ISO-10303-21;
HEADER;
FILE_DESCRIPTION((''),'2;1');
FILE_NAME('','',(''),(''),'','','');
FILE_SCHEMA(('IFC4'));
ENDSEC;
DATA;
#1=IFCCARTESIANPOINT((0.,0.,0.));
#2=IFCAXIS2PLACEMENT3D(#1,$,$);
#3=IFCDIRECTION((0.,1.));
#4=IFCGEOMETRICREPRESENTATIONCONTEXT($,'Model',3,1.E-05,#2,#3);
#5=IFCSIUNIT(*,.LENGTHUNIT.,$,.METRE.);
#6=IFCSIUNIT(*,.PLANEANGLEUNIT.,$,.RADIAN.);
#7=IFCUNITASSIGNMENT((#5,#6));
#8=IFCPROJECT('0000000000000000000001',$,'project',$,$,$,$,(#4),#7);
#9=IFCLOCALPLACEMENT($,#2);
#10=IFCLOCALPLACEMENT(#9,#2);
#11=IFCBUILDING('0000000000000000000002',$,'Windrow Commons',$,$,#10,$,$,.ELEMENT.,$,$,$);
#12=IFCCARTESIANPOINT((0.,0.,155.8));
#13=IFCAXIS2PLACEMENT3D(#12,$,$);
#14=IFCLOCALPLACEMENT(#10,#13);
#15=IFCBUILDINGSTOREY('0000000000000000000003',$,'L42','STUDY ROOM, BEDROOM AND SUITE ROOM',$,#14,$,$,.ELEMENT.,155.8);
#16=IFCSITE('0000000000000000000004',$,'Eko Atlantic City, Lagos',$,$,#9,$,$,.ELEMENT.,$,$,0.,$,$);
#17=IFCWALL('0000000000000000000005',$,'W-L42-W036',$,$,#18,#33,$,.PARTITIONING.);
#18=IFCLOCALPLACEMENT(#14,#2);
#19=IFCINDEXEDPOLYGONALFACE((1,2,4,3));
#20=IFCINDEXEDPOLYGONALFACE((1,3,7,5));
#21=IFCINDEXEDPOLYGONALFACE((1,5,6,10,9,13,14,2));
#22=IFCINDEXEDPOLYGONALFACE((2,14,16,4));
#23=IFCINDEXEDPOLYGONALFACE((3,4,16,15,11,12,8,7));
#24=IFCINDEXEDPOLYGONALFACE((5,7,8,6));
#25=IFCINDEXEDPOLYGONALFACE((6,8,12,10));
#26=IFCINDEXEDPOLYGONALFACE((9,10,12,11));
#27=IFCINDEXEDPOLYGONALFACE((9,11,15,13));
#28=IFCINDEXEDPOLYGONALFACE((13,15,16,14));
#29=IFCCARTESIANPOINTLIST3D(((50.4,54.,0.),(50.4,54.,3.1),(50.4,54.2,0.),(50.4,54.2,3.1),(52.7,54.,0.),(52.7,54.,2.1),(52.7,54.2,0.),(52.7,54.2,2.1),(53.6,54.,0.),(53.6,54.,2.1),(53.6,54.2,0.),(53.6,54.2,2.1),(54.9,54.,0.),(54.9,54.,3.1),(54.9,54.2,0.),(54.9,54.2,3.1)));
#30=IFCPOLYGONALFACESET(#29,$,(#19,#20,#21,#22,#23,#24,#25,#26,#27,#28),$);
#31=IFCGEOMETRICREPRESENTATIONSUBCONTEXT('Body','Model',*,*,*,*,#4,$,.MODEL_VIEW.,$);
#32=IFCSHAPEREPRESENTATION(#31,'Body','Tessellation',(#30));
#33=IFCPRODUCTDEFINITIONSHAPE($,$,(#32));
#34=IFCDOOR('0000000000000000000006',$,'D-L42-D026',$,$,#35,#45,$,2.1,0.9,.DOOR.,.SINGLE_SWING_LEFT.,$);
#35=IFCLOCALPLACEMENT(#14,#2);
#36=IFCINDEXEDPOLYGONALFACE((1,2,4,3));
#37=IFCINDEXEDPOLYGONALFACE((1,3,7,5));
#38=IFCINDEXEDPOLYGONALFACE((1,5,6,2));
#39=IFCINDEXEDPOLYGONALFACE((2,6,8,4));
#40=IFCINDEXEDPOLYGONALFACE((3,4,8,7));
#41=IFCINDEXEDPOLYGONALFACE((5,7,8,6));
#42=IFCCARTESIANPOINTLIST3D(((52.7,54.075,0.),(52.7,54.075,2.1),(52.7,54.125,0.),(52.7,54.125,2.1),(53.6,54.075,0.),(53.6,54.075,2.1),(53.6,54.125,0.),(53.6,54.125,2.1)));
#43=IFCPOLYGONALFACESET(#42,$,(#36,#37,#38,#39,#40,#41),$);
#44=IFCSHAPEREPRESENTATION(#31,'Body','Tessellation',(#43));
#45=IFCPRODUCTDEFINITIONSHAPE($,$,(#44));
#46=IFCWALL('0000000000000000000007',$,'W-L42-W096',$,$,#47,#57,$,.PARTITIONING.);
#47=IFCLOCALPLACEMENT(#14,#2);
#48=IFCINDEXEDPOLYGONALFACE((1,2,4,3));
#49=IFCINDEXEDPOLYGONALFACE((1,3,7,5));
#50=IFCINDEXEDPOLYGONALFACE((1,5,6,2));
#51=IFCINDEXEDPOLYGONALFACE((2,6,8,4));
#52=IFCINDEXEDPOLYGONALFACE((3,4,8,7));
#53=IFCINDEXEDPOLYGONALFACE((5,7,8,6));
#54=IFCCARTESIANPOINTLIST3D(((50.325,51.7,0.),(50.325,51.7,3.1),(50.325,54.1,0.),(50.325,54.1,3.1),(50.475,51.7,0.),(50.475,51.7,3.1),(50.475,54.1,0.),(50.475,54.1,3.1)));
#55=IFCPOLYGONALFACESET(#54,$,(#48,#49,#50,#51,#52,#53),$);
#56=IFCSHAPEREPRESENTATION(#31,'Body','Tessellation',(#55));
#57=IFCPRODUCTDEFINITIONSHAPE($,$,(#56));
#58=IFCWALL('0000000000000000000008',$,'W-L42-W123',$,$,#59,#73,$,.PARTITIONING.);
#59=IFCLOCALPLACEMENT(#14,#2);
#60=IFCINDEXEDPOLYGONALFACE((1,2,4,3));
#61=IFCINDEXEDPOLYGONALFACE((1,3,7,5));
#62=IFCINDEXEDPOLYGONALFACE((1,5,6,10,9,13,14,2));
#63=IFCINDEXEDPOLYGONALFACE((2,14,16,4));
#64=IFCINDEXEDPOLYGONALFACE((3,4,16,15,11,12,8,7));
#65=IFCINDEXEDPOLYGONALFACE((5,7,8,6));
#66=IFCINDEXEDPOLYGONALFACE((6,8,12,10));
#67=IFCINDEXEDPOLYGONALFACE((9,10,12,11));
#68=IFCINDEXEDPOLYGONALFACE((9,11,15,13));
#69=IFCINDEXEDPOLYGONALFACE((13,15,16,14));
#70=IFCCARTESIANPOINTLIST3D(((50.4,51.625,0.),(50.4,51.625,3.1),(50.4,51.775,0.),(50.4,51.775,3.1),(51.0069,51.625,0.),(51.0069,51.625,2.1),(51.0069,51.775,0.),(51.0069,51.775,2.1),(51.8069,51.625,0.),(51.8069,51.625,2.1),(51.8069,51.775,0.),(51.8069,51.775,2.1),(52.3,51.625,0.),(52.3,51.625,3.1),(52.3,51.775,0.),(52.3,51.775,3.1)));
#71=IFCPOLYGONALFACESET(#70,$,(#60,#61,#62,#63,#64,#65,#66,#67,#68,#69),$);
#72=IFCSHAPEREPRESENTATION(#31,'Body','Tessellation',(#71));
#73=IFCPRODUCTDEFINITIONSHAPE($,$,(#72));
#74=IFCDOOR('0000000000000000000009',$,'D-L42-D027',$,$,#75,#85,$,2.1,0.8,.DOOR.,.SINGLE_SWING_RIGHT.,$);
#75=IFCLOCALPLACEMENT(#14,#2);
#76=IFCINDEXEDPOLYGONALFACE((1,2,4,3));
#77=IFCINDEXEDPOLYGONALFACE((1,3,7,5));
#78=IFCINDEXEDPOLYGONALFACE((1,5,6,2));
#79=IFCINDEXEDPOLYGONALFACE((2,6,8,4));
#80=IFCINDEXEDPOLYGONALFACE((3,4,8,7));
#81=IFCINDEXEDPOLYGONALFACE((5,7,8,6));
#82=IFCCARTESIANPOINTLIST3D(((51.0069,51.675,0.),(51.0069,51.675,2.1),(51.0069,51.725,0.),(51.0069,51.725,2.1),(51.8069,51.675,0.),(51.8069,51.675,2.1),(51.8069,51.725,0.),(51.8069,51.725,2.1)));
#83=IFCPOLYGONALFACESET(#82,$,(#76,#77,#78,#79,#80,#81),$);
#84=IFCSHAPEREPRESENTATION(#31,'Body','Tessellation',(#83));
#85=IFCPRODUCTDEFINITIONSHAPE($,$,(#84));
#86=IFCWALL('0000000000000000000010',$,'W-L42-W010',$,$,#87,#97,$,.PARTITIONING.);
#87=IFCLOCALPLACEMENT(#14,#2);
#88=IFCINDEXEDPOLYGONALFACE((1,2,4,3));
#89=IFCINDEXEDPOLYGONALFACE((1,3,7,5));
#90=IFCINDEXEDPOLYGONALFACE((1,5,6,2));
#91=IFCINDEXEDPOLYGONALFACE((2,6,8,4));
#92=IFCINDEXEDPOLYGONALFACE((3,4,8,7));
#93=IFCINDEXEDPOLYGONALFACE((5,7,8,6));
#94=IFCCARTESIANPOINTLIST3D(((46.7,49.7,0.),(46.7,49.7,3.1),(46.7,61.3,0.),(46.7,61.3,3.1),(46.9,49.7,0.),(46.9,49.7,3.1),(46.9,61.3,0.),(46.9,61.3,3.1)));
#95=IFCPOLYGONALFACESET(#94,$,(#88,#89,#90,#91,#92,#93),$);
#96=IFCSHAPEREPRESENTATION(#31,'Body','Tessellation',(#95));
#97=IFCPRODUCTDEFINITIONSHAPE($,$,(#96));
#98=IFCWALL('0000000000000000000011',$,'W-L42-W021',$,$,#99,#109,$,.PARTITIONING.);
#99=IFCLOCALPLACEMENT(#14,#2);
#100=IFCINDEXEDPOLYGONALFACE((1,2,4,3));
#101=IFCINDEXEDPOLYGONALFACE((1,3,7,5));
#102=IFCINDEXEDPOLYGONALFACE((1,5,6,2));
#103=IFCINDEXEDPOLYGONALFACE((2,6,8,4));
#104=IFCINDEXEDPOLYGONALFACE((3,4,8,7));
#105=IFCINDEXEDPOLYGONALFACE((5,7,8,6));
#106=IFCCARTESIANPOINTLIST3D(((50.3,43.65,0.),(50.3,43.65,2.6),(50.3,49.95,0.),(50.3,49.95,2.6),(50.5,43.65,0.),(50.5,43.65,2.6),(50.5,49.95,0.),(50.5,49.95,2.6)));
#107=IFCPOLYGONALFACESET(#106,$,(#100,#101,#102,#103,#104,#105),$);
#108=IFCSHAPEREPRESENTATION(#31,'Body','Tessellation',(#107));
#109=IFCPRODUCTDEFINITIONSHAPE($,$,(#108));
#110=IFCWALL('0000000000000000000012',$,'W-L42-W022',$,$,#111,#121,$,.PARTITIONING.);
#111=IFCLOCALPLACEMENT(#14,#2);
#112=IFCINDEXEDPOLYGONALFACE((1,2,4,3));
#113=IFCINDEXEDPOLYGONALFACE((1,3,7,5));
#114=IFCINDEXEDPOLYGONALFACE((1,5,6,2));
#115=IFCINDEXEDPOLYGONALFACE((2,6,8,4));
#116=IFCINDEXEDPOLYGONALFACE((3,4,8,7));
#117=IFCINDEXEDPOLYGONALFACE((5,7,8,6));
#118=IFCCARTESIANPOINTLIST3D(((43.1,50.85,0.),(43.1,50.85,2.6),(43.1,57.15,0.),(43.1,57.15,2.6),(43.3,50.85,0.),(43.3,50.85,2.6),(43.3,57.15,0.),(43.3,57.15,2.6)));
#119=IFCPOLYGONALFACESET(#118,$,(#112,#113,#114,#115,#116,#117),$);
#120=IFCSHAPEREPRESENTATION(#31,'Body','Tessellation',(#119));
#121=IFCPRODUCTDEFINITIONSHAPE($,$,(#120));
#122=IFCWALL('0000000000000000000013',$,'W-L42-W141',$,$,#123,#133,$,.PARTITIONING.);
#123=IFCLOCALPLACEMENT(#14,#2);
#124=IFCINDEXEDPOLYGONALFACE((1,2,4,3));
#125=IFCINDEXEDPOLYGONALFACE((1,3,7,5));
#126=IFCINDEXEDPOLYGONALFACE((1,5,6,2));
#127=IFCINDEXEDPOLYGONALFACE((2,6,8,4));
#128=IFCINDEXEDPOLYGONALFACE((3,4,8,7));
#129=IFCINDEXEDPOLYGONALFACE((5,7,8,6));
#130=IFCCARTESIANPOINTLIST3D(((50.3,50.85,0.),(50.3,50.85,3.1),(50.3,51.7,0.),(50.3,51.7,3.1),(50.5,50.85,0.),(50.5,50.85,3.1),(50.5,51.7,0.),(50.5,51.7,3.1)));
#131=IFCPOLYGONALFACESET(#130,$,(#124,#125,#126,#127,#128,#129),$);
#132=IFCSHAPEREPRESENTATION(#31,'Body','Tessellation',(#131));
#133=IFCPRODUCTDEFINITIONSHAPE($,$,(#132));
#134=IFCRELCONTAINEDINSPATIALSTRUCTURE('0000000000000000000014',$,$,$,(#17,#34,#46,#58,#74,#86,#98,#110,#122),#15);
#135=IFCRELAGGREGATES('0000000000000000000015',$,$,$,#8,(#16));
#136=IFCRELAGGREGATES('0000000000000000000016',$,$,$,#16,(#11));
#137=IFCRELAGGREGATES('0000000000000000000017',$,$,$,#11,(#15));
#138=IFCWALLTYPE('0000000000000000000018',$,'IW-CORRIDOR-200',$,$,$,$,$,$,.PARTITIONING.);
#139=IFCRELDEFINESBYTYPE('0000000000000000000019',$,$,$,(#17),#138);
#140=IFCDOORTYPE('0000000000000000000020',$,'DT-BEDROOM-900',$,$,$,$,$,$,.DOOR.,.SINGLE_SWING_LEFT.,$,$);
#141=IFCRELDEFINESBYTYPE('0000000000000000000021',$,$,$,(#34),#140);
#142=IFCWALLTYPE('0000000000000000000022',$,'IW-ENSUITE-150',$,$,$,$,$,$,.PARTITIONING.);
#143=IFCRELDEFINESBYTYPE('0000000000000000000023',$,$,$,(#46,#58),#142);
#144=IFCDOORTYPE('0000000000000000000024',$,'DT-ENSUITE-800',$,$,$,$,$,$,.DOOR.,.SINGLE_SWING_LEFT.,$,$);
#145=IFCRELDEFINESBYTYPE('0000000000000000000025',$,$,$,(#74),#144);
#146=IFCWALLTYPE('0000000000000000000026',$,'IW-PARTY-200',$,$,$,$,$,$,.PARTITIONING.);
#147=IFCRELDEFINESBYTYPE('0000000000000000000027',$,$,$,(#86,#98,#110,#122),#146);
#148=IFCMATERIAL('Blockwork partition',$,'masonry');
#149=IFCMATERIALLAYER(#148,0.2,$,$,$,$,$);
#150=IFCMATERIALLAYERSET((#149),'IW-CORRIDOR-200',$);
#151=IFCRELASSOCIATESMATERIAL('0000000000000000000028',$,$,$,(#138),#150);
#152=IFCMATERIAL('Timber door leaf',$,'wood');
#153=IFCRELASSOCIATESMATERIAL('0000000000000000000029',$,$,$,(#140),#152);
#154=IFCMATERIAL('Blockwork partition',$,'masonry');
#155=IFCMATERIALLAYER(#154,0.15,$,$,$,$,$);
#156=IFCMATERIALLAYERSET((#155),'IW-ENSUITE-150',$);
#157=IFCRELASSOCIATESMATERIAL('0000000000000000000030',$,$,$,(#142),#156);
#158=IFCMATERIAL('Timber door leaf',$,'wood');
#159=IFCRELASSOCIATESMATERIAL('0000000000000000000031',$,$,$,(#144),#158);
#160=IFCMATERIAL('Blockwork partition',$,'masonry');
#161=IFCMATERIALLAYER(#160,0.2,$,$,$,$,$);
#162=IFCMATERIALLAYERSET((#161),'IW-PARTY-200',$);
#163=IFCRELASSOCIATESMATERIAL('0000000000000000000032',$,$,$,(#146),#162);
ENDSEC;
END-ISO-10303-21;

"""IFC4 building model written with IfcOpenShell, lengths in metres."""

from ifc_helpers import new_model, si_unit, direction, frame, frame_2d, origin, place, context, subcontext, project, spatial, rectangle, extrude, material, layer, layer_set, type_object, element, fill, save


model = new_model("IFC4")

# Units and contexts
model_context = context("Model", 3, precision=1e-05, world=origin(), true_north=direction((0.0, 1.0)))
body_context = subcontext(model_context, "Body", "Model", "MODEL_VIEW")
ifc_project = project(units=[si_unit("LENGTHUNIT", "METRE"), si_unit("PLANEANGLEUNIT", "RADIAN")], contexts=[model_context])

# Site, building, storey
site_placement = place(None, origin())
site = spatial("IfcSite", under=ifc_project, at=site_placement, Name="Eko Atlantic City, Lagos", CompositionType="ELEMENT", RefElevation=0.0)
building_placement = place(site_placement, origin())
building = spatial("IfcBuilding", under=site, at=building_placement, Name="Windrow Commons", CompositionType="ELEMENT")
storey_placement = place(building_placement, frame((0.0, 0.0, 155.8)))
storey = spatial("IfcBuildingStorey", under=building, at=storey_placement, Name="L42", Description="STUDY ROOM, BEDROOM AND SUITE ROOM", CompositionType="ELEMENT", Elevation=155.8)

# Wall, opening, door
ifc_material_1 = material(Name="Blockwork partition", Category="masonry")
ifc_layer_1 = layer(ifc_material_1, 0.2)
ifc_layer_set_1 = layer_set([ifc_layer_1], Name="IW-CORRIDOR-200")
wall_type_1 = type_object("IfcWallType", Name="IW-CORRIDOR-200", PredefinedType="PARTITIONING", material=ifc_layer_set_1)
wall_1_placement = place(storey_placement, frame((50.4, 54.1, 0.0), z_axis=(0.0, 0.0, 1.0), x_axis=(1.0, 0.0, 0.0)))
wall_1 = element("IfcWall", 1, at=wall_1_placement, inside=storey, type_object=wall_type_1, Name="W-L42-W036", PredefinedType="PARTITIONING", context=body_context, shape_type="SweptSolid", body=[
    extrude(rectangle(XDim=4.5, YDim=0.2, at=frame_2d((2.25, 0.0))), origin(), (0.0, 0.0, 1.0), 3.1),
])
opening_1_placement = place(wall_1_placement, frame((2.3, 0.0, 0.0)))
opening_1 = element("IfcOpeningElement", 2, at=opening_1_placement, cuts=wall_1, PredefinedType="OPENING", context=body_context, shape_type="SweptSolid", body=[
    extrude(rectangle(XDim=0.9, YDim=2.1, at=frame_2d((0.45, 1.05))), frame((0.0, 0.11, 0.0), z_axis=(0.0, -1.0, 0.0), x_axis=(1.0, 0.0, 0.0)), (0.0, 0.0, 1.0), 0.22),
])
ifc_material_2 = material(Name="Timber door leaf", Category="wood")
door_type_1 = type_object("IfcDoorType", Name="DT-BEDROOM-900", OperationType="SINGLE_SWING_LEFT", PredefinedType="DOOR", material=ifc_material_2)
door_1_placement = place(opening_1_placement, origin())
door_1 = element("IfcDoor", 3, at=door_1_placement, inside=storey, type_object=door_type_1, Name="D-L42-D026", OperationType="SINGLE_SWING_LEFT", OverallHeight=2.1, OverallWidth=0.9, PredefinedType="DOOR", context=body_context, shape_type="SweptSolid", body=[
    extrude(rectangle(XDim=0.9, YDim=2.1, at=frame_2d((0.45, 1.05))), frame((0.0, 0.025, 0.0), z_axis=(0.0, -1.0, 0.0), x_axis=(1.0, 0.0, 0.0)), (0.0, 0.0, 1.0), 0.05),
])
fill(opening_1, door_1)

# Wall
ifc_material_3 = material(Name="Blockwork partition", Category="masonry")
ifc_layer_2 = layer(ifc_material_3, 0.15)
ifc_layer_set_2 = layer_set([ifc_layer_2], Name="IW-ENSUITE-150")
wall_type_2 = type_object("IfcWallType", Name="IW-ENSUITE-150", PredefinedType="PARTITIONING", material=ifc_layer_set_2)
wall_2_placement = place(storey_placement, frame((50.4, 51.7, 0.0), z_axis=(0.0, 0.0, 1.0), x_axis=(0.0, 1.0, 0.0)))
element("IfcWall", 4, at=wall_2_placement, inside=storey, type_object=wall_type_2, Name="W-L42-W096", PredefinedType="PARTITIONING", context=body_context, shape_type="SweptSolid", body=[
    extrude(rectangle(XDim=2.4, YDim=0.15, at=frame_2d((1.2, 0.0))), origin(), (0.0, 0.0, 1.0), 3.1),
])

# Wall, opening, door
wall_3_placement = place(storey_placement, frame((50.4, 51.7, 0.0), z_axis=(0.0, 0.0, 1.0), x_axis=(1.0, 0.0, 0.0)))
wall_3 = element("IfcWall", 5, at=wall_3_placement, inside=storey, type_object=wall_type_2, Name="W-L42-W123", PredefinedType="PARTITIONING", context=body_context, shape_type="SweptSolid", body=[
    extrude(rectangle(XDim=1.9, YDim=0.15, at=frame_2d((0.95, 0.0))), origin(), (0.0, 0.0, 1.0), 3.1),
])
opening_2_placement = place(wall_3_placement, frame((0.6069, 0.0, 0.0)))
opening_2 = element("IfcOpeningElement", 6, at=opening_2_placement, cuts=wall_3, PredefinedType="OPENING", context=body_context, shape_type="SweptSolid", body=[
    extrude(rectangle(XDim=0.8, YDim=2.1, at=frame_2d((0.4, 1.05))), frame((0.0, 0.085, 0.0), z_axis=(0.0, -1.0, 0.0), x_axis=(1.0, 0.0, 0.0)), (0.0, 0.0, 1.0), 0.17),
])
ifc_material_4 = material(Name="Timber door leaf", Category="wood")
door_type_2 = type_object("IfcDoorType", Name="DT-ENSUITE-800", OperationType="SINGLE_SWING_LEFT", PredefinedType="DOOR", material=ifc_material_4)
door_2_placement = place(opening_2_placement, origin())
door_2 = element("IfcDoor", 7, at=door_2_placement, inside=storey, type_object=door_type_2, Name="D-L42-D027", OperationType="SINGLE_SWING_RIGHT", OverallHeight=2.1, OverallWidth=0.8, PredefinedType="DOOR", context=body_context, shape_type="SweptSolid", body=[
    extrude(rectangle(XDim=0.8, YDim=2.1, at=frame_2d((0.4, 1.05))), frame((0.0, 0.025, 0.0), z_axis=(0.0, -1.0, 0.0), x_axis=(1.0, 0.0, 0.0)), (0.0, 0.0, 1.0), 0.05),
])
fill(opening_2, door_2)

# Walls
ifc_material_5 = material(Name="Blockwork partition", Category="masonry")
ifc_layer_3 = layer(ifc_material_5, 0.2)
ifc_layer_set_3 = layer_set([ifc_layer_3], Name="IW-PARTY-200")
wall_type_3 = type_object("IfcWallType", Name="IW-PARTY-200", PredefinedType="PARTITIONING", material=ifc_layer_set_3)
wall_4_placement = place(storey_placement, frame((46.8, 49.7, 0.0), z_axis=(0.0, 0.0, 1.0), x_axis=(0.0, 1.0, 0.0)))
element("IfcWall", 8, at=wall_4_placement, inside=storey, type_object=wall_type_3, Name="W-L42-W010", PredefinedType="PARTITIONING", context=body_context, shape_type="SweptSolid", body=[
    extrude(rectangle(XDim=11.6, YDim=0.2, at=frame_2d((5.8, 0.0))), origin(), (0.0, 0.0, 1.0), 3.1),
])
for number, where, z_axis, x_axis, name in (
    (9, (50.4, 43.65, 0.0), (0.0, 0.0, 1.0), (0.0, 1.0, 0.0), "W-L42-W021"),
    (10, (43.2, 50.85, 0.0), (0.0, 0.0, 1.0), (0.0, 1.0, 0.0), "W-L42-W022"),
):
    element("IfcWall", number, at=place(storey_placement, frame(where, z_axis=z_axis, x_axis=x_axis)), inside=storey, type_object=wall_type_3, Name=name, PredefinedType="PARTITIONING", context=body_context, shape_type="SweptSolid", body=[
        extrude(rectangle(XDim=6.3, YDim=0.2, at=frame_2d((3.15, 0.0))), origin(), (0.0, 0.0, 1.0), 2.6),
    ])
wall_5_placement = place(storey_placement, frame((50.4, 50.85, 0.0), z_axis=(0.0, 0.0, 1.0), x_axis=(0.0, 1.0, 0.0)))
element("IfcWall", 11, at=wall_5_placement, inside=storey, type_object=wall_type_3, Name="W-L42-W141", PredefinedType="PARTITIONING", context=body_context, shape_type="SweptSolid", body=[
    extrude(rectangle(XDim=0.85, YDim=0.2, at=frame_2d((0.425, 0.0))), origin(), (0.0, 0.0, 1.0), 3.1),
])

save(model, "model.ifc")
